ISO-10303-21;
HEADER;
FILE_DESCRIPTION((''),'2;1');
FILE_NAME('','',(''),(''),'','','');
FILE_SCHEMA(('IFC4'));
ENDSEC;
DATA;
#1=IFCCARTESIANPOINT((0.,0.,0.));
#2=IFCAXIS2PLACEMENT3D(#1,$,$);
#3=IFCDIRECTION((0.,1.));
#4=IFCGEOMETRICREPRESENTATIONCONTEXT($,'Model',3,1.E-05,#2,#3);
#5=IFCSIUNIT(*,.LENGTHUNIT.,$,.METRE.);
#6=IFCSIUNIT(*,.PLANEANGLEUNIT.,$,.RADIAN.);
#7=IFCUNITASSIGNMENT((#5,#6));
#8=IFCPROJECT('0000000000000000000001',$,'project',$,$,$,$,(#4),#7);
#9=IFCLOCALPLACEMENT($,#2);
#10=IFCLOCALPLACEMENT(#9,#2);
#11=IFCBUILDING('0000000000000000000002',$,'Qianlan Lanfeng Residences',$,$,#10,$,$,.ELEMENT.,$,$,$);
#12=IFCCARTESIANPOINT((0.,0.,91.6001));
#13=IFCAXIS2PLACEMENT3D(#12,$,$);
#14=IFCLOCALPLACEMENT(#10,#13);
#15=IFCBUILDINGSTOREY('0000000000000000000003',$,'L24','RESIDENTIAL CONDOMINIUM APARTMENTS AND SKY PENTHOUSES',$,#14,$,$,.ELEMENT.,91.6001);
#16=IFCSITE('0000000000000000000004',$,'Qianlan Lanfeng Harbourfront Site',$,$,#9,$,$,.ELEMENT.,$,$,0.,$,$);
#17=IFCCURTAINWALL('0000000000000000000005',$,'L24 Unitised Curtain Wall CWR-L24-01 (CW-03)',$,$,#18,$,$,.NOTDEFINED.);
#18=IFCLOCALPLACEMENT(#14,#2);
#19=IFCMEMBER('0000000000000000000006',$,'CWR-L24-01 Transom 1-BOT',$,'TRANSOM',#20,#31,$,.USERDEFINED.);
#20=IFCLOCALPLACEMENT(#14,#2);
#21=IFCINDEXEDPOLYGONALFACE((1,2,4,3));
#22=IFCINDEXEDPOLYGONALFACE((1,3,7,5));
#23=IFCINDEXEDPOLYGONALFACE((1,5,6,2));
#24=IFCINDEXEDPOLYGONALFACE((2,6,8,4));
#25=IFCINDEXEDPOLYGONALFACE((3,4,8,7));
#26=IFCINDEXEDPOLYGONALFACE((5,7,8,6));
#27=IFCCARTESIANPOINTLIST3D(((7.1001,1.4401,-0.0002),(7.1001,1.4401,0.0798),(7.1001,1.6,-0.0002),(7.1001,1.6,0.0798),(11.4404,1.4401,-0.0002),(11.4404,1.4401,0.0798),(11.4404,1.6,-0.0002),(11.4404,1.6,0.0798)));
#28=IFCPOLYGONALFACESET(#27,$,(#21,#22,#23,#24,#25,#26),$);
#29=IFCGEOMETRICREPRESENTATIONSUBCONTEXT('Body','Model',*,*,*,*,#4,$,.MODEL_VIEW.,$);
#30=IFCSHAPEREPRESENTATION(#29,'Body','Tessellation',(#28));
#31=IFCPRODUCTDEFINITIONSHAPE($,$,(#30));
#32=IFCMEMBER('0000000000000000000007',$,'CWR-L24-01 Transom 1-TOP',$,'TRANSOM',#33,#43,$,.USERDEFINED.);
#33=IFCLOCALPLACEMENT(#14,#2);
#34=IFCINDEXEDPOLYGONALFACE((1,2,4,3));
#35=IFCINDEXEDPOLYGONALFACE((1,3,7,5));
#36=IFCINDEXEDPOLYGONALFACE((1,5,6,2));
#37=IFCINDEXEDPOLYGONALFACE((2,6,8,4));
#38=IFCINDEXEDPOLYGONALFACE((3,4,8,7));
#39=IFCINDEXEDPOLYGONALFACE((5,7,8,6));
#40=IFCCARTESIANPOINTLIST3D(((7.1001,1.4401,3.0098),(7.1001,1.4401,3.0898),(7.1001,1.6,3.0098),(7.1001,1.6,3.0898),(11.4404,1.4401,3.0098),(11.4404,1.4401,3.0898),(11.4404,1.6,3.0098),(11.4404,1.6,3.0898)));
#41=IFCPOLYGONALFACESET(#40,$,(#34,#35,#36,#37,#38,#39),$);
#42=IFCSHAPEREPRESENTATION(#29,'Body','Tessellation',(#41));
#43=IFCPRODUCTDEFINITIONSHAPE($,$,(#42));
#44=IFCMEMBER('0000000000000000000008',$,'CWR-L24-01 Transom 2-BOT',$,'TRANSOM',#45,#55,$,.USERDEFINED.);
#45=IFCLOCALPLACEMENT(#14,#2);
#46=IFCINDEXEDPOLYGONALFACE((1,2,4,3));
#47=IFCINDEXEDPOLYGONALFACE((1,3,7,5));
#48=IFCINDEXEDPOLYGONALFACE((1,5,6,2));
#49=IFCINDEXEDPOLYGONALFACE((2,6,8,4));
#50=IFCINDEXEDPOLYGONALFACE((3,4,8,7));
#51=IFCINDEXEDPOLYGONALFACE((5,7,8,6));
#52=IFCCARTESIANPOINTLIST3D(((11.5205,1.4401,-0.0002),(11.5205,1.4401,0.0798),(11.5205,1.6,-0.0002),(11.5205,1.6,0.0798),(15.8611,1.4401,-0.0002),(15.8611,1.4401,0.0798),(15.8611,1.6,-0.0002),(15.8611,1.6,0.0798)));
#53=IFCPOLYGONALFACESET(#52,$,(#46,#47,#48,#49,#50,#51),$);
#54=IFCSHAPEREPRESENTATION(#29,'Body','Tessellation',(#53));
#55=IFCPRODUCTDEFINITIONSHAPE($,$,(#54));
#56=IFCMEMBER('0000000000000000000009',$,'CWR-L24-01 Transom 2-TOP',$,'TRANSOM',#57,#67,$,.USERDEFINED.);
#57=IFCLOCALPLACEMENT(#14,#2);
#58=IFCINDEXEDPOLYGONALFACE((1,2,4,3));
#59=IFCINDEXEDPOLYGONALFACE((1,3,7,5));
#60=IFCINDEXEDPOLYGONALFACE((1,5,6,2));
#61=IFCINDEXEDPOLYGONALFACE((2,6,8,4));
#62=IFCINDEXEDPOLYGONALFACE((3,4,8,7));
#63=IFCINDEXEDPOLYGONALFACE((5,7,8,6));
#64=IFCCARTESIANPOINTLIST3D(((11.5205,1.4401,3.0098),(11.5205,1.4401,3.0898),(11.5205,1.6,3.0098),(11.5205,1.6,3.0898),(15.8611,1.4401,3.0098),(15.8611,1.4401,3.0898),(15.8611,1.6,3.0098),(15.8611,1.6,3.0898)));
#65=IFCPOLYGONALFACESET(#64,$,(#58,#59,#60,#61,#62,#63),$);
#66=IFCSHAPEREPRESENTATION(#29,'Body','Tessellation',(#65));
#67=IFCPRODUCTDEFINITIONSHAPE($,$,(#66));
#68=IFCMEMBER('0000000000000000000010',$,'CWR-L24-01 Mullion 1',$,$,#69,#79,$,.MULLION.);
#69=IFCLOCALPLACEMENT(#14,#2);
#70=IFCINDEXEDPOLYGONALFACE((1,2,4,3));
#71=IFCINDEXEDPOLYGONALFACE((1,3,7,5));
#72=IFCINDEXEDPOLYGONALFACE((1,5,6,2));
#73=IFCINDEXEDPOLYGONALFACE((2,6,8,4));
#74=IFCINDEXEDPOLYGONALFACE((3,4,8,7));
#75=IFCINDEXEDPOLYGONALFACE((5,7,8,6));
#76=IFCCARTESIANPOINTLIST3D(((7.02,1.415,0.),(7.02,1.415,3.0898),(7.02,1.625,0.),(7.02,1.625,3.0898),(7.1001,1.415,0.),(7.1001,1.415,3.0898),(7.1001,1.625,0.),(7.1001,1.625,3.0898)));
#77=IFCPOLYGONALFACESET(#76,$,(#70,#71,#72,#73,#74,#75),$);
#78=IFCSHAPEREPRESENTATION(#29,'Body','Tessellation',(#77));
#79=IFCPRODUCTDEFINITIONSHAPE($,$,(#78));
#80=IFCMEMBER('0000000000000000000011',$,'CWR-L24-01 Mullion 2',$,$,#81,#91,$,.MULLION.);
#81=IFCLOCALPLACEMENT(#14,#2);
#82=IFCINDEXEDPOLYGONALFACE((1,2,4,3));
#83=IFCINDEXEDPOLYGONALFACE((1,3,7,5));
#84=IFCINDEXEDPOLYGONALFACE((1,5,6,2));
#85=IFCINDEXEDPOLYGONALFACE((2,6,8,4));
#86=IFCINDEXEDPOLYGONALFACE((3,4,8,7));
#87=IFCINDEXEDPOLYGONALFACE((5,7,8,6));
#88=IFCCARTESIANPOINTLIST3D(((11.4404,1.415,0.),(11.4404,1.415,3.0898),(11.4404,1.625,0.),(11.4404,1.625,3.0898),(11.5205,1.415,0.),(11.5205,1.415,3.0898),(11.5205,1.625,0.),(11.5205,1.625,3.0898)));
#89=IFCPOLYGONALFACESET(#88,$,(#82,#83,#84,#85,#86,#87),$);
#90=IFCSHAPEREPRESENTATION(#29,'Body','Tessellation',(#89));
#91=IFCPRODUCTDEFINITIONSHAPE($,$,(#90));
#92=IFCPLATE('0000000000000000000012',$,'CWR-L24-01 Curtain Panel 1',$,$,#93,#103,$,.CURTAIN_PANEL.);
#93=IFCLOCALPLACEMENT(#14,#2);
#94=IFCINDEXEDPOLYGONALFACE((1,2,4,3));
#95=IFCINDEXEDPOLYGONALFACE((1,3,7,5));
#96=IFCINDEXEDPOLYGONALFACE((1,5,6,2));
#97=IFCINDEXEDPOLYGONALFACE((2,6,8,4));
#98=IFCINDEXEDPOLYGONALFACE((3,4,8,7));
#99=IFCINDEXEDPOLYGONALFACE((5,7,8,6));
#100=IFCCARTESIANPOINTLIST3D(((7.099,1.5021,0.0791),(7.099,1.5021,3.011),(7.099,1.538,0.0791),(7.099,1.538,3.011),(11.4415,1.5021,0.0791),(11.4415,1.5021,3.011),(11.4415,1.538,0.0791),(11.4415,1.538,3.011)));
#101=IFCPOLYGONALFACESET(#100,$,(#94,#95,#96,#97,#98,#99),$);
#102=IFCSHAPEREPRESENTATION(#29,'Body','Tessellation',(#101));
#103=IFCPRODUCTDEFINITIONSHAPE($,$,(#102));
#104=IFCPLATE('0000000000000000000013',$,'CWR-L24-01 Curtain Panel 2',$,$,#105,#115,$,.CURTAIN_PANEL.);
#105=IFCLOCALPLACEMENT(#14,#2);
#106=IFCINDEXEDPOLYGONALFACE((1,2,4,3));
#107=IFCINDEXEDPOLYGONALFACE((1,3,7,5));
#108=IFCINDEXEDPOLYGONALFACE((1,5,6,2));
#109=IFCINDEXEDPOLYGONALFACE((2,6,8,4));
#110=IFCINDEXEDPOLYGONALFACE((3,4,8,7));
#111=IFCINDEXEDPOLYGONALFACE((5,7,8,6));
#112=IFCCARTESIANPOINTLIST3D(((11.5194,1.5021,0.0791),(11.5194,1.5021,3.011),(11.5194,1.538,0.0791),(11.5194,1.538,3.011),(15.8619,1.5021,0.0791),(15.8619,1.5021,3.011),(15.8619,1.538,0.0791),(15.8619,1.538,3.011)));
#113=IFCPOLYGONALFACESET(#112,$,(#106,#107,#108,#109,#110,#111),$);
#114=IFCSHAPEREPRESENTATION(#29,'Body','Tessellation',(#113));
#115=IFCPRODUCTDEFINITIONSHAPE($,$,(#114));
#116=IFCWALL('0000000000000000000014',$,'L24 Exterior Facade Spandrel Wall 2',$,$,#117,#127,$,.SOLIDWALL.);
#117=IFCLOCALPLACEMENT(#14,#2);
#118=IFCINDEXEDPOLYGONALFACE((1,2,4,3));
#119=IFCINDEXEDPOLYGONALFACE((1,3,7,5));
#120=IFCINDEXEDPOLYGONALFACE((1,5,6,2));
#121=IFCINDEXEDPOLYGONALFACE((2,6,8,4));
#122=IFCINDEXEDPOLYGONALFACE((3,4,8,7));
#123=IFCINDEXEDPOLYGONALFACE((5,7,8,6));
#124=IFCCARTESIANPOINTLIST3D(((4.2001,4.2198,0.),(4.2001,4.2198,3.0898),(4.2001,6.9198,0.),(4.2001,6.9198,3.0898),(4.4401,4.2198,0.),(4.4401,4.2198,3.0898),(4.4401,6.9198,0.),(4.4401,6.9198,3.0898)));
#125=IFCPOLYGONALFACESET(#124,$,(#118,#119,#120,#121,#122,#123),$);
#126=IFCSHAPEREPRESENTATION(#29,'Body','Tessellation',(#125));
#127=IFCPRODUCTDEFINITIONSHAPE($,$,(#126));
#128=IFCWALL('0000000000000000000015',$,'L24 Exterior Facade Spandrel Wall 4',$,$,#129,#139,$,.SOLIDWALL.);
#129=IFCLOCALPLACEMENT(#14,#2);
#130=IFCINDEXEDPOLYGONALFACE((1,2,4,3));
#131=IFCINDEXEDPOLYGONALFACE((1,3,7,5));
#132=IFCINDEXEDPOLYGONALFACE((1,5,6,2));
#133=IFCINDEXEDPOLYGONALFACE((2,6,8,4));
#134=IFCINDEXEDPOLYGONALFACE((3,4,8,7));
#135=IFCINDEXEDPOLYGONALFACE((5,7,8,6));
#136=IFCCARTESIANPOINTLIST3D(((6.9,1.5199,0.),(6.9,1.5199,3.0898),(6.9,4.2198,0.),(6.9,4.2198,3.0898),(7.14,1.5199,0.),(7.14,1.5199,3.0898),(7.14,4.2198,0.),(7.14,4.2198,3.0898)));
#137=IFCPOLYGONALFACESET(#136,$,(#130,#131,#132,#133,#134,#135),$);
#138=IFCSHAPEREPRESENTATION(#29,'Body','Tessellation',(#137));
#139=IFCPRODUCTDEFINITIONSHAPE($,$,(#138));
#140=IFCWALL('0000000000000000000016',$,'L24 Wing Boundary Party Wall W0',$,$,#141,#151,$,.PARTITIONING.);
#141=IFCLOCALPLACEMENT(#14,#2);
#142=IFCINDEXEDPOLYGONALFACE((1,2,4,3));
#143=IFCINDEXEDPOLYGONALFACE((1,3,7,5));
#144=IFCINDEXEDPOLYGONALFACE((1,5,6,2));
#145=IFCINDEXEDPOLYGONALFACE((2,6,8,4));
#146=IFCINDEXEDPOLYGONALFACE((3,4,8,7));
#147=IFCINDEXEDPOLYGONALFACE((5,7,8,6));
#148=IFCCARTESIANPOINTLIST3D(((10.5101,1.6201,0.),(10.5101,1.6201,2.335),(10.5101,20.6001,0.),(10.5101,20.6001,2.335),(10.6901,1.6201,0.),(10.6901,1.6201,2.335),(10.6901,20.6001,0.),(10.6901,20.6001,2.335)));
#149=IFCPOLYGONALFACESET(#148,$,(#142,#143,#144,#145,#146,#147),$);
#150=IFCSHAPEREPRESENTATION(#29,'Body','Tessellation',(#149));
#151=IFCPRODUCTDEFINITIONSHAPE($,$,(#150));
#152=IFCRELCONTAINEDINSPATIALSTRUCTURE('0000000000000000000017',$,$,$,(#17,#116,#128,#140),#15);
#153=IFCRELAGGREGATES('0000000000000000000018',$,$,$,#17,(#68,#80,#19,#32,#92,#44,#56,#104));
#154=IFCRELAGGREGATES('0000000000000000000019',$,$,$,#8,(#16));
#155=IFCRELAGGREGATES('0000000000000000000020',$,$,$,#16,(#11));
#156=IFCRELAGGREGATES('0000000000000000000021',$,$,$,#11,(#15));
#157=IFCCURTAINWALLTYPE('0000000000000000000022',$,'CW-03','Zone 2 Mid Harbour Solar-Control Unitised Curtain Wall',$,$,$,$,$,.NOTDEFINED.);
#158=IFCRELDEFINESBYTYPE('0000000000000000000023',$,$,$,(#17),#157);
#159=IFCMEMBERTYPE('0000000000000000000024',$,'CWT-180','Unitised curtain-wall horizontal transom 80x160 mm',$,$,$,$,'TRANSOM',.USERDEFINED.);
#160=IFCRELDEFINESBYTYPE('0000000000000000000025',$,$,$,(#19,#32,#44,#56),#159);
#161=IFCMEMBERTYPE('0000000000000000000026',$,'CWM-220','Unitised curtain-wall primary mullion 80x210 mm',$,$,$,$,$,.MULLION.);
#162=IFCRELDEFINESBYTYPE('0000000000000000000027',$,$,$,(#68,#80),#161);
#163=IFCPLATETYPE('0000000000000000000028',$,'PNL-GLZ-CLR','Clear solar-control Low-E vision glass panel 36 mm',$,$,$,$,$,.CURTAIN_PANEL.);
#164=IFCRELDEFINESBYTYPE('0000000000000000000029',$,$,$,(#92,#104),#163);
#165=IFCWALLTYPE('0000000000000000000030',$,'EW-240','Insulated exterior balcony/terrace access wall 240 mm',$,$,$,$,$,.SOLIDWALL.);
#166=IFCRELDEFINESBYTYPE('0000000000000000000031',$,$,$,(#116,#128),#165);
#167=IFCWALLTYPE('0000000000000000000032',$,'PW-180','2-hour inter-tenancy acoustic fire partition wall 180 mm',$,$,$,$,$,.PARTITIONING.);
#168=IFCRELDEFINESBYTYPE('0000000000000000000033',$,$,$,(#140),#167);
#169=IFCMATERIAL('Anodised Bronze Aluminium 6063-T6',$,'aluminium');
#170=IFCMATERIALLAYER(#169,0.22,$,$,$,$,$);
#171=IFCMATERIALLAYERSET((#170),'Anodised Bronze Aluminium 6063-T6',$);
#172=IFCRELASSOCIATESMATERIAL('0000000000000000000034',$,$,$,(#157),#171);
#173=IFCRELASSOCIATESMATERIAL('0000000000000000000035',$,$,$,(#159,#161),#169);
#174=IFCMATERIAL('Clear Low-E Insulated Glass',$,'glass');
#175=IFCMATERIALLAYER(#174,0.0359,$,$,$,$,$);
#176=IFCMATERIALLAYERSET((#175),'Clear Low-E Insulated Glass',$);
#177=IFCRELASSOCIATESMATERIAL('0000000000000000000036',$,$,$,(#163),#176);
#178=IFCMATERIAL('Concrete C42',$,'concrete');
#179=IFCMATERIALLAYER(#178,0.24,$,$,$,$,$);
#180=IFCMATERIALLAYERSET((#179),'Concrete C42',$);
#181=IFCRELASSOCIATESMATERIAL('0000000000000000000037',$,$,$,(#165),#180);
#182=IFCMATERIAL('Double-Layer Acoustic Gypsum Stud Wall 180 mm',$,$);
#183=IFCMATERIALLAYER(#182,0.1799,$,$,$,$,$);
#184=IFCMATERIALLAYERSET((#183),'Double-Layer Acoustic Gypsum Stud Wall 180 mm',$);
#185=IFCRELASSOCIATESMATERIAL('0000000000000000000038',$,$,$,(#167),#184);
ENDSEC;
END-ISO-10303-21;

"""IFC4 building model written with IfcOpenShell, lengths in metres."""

from ifc_helpers import new_model, si_unit, direction, frame, frame_2d, origin, origin_2d, place, context, subcontext, project, spatial, rectangle, extrude, source, transform, mapped, material, layer, layer_set, material_profile, profile_set, type_object, element, aggregate, save


model = new_model("IFC4")

# Units and contexts
model_context = context("Model", 3, precision=1e-05, world=origin(), true_north=direction((0.0, 1.0)))
body_context = subcontext(model_context, "Body", "Model", "MODEL_VIEW")
ifc_project = project(units=[si_unit("LENGTHUNIT", "METRE"), si_unit("PLANEANGLEUNIT", "RADIAN")], contexts=[model_context])

# Site, building, storey
site_placement = place(None, origin())
site = spatial("IfcSite", under=ifc_project, at=site_placement, Name="Qianlan Lanfeng Harbourfront Site", CompositionType="ELEMENT", RefElevation=0.0)
building_placement = place(site_placement, origin())
building = spatial("IfcBuilding", under=site, at=building_placement, Name="Qianlan Lanfeng Residences", CompositionType="ELEMENT")
storey_placement = place(building_placement, frame((0.0, 0.0, 91.6001)))
storey = spatial("IfcBuildingStorey", under=building, at=storey_placement, Name="L24", Description="RESIDENTIAL CONDOMINIUM APARTMENTS AND SKY PENTHOUSES", CompositionType="ELEMENT", Elevation=91.6001)

# Curtain wall, members, plates
ifc_material_1 = material(Name="Anodised Bronze Aluminium 6063-T6", Category="aluminium")
ifc_layer_1 = layer(ifc_material_1, 0.22)
ifc_layer_set_1 = layer_set([ifc_layer_1], Name="Anodised Bronze Aluminium 6063-T6")
curtain_wall_type = type_object("IfcCurtainWallType", Name="CW-03", Description="Zone 2 Mid Harbour Solar-Control Unitised Curtain Wall", PredefinedType="NOTDEFINED", material=ifc_layer_set_1)
curtain_wall_placement = place(storey_placement, origin())
curtain_wall = element("IfcCurtainWall", 1, at=curtain_wall_placement, inside=storey, type_object=curtain_wall_type, Name="L24 Unitised Curtain Wall CWR-L24-01 (CW-03)", PredefinedType="NOTDEFINED")
ifc_material_profile_1 = material_profile(ifc_material_1, rectangle(XDim=0.0801, YDim=0.1599, at=origin_2d()), Name="ALU TRANSOM 80x160")
ifc_profile_set_1 = profile_set([ifc_material_profile_1], Name="Anodised Bronze Aluminium 6063-T6")
member_type_1 = type_object("IfcMemberType", Name="CWT-180", Description="Unitised curtain-wall horizontal transom 80x160 mm", ElementType="TRANSOM", PredefinedType="USERDEFINED", material=ifc_profile_set_1)
shared_shape_1 = source(origin(), body_context, "Body", "SweptSolid", [
    extrude(rectangle(XDim=0.0801, YDim=0.1599, at=origin_2d()), origin(), (0.0, 0.0, 1.0), 4.3403),
])
member_1_placement = place(storey_placement, frame((7.1001, 1.52, 0.0398), z_axis=(1.0, 0.0, 0.0), x_axis=(0.0, 0.0, 1.0)))
member_1 = element("IfcMember", 2, at=member_1_placement, type_object=member_type_1, Name="CWR-L24-01 Transom 1-BOT", ObjectType="TRANSOM", PredefinedType="USERDEFINED", context=body_context, shape_type="MappedRepresentation", body=[
    mapped(shared_shape_1, transform((0.0, 0.0, 0.0), scale=1.0)),
])
member_2_placement = place(storey_placement, frame((7.1001, 1.52, 3.0498), z_axis=(1.0, 0.0, 0.0), x_axis=(0.0, 0.0, 1.0)))
member_2 = element("IfcMember", 3, at=member_2_placement, type_object=member_type_1, Name="CWR-L24-01 Transom 1-TOP", ObjectType="TRANSOM", PredefinedType="USERDEFINED", context=body_context, shape_type="MappedRepresentation", body=[
    mapped(shared_shape_1, transform((0.0, 0.0, 0.0), scale=1.0)),
])
shared_shape_2 = source(origin(), body_context, "Body", "SweptSolid", [
    extrude(rectangle(XDim=0.0801, YDim=0.1599, at=origin_2d()), origin(), (0.0, 0.0, 1.0), 4.3406),
])
member_3_placement = place(storey_placement, frame((11.5205, 1.52, 0.0398), z_axis=(1.0, 0.0, 0.0), x_axis=(0.0, 0.0, 1.0)))
member_3 = element("IfcMember", 4, at=member_3_placement, type_object=member_type_1, Name="CWR-L24-01 Transom 2-BOT", ObjectType="TRANSOM", PredefinedType="USERDEFINED", context=body_context, shape_type="MappedRepresentation", body=[
    mapped(shared_shape_2, transform((0.0, 0.0, 0.0), scale=1.0)),
])
member_4_placement = place(storey_placement, frame((11.5205, 1.52, 3.0498), z_axis=(1.0, 0.0, 0.0), x_axis=(0.0, 0.0, 1.0)))
member_4 = element("IfcMember", 5, at=member_4_placement, type_object=member_type_1, Name="CWR-L24-01 Transom 2-TOP", ObjectType="TRANSOM", PredefinedType="USERDEFINED", context=body_context, shape_type="MappedRepresentation", body=[
    mapped(shared_shape_2, transform((0.0, 0.0, 0.0), scale=1.0)),
])
ifc_material_profile_2 = material_profile(ifc_material_1, rectangle(XDim=0.0801, YDim=0.21, at=origin_2d()), Name="ALU MULLION 80x210")
ifc_profile_set_2 = profile_set([ifc_material_profile_2], Name="Anodised Bronze Aluminium 6063-T6")
member_type_2 = type_object("IfcMemberType", Name="CWM-220", Description="Unitised curtain-wall primary mullion 80x210 mm", PredefinedType="MULLION", material=ifc_profile_set_2)
shared_shape_3 = source(origin(), body_context, "Body", "SweptSolid", [
    extrude(rectangle(XDim=0.0801, YDim=0.21, at=origin_2d()), origin(), (0.0, 0.0, 1.0), 3.0898),
])
member_5_placement = place(storey_placement, frame((7.0601, 1.52, 0.0), z_axis=(0.0, 0.0, 1.0), x_axis=(1.0, 0.0, 0.0)))
member_5 = element("IfcMember", 6, at=member_5_placement, type_object=member_type_2, Name="CWR-L24-01 Mullion 1", PredefinedType="MULLION", context=body_context, shape_type="MappedRepresentation", body=[
    mapped(shared_shape_3, transform((0.0, 0.0, 0.0), scale=1.0)),
])
member_6_placement = place(storey_placement, frame((11.4805, 1.52, 0.0), z_axis=(0.0, 0.0, 1.0), x_axis=(1.0, 0.0, 0.0)))
member_6 = element("IfcMember", 7, at=member_6_placement, type_object=member_type_2, Name="CWR-L24-01 Mullion 2", PredefinedType="MULLION", context=body_context, shape_type="MappedRepresentation", body=[
    mapped(shared_shape_3, transform((0.0, 0.0, 0.0), scale=1.0)),
])
ifc_material_2 = material(Name="Clear Low-E Insulated Glass", Category="glass")
ifc_layer_2 = layer(ifc_material_2, 0.0359)
ifc_layer_set_2 = layer_set([ifc_layer_2], Name="Clear Low-E Insulated Glass")
plate_type = type_object("IfcPlateType", Name="PNL-GLZ-CLR", Description="Clear solar-control Low-E vision glass panel 36 mm", PredefinedType="CURTAIN_PANEL", material=ifc_layer_set_2)
shared_shape_4 = source(origin(), body_context, "Body", "SweptSolid", [
    extrude(rectangle(XDim=4.3425, YDim=0.0359, at=origin_2d()), origin(), (0.0, 0.0, 1.0), 2.9319),
])
plate_1_placement = place(storey_placement, frame((9.2703, 1.52, 0.0791), z_axis=(0.0, 0.0, 1.0), x_axis=(1.0, 0.0, 0.0)))
plate_1 = element("IfcPlate", 8, at=plate_1_placement, type_object=plate_type, Name="CWR-L24-01 Curtain Panel 1", PredefinedType="CURTAIN_PANEL", context=body_context, shape_type="MappedRepresentation", body=[
    mapped(shared_shape_4, transform((0.0, 0.0, 0.0), scale=1.0)),
])
plate_2_placement = place(storey_placement, frame((13.6907, 1.52, 0.0791), z_axis=(0.0, 0.0, 1.0), x_axis=(1.0, 0.0, 0.0)))
plate_2 = element("IfcPlate", 9, at=plate_2_placement, type_object=plate_type, Name="CWR-L24-01 Curtain Panel 2", PredefinedType="CURTAIN_PANEL", context=body_context, shape_type="MappedRepresentation", body=[
    mapped(shared_shape_4, transform((0.0, 0.0, 0.0), scale=1.0)),
])
aggregate(curtain_wall, [member_5, member_6, member_1, member_2, plate_1, member_3, member_4, plate_2])

# Walls
ifc_material_3 = material(Name="Concrete C42", Category="concrete")
ifc_layer_3 = layer(ifc_material_3, 0.24)
ifc_layer_set_3 = layer_set([ifc_layer_3], Name="Concrete C42")
wall_type_1 = type_object("IfcWallType", Name="EW-240", Description="Insulated exterior balcony/terrace access wall 240 mm", PredefinedType="SOLIDWALL", material=ifc_layer_set_3)
for number, where, z_axis, x_axis, name in (
    (10, (4.3201, 6.9199, 0.0), (0.0, 0.0, 1.0), (0.0, -1.0, 0.0), "L24 Exterior Facade Spandrel Wall 2"),
    (11, (7.02, 4.22, 0.0), (0.0, 0.0, 1.0), (0.0, -1.0, 0.0), "L24 Exterior Facade Spandrel Wall 4"),
):
    element("IfcWall", number, at=place(storey_placement, frame(where, z_axis=z_axis, x_axis=x_axis)), inside=storey, type_object=wall_type_1, Name=name, PredefinedType="SOLIDWALL", context=body_context, shape_type="SweptSolid", body=[
        extrude(rectangle(XDim=2.7, YDim=0.24, at=frame_2d((1.3501, 0.0))), origin(), (0.0, 0.0, 1.0), 3.0898),
    ])
ifc_material_4 = material(Name="Double-Layer Acoustic Gypsum Stud Wall 180 mm")
ifc_layer_4 = layer(ifc_material_4, 0.1799)
ifc_layer_set_4 = layer_set([ifc_layer_4], Name="Double-Layer Acoustic Gypsum Stud Wall 180 mm")
wall_type_2 = type_object("IfcWallType", Name="PW-180", Description="2-hour inter-tenancy acoustic fire partition wall 180 mm", PredefinedType="PARTITIONING", material=ifc_layer_set_4)
wall_placement = place(storey_placement, frame((10.6001, 1.6201, 0.0), z_axis=(0.0, 0.0, 1.0), x_axis=(0.0, 1.0, 0.0)))
element("IfcWall", 12, at=wall_placement, inside=storey, type_object=wall_type_2, Name="L24 Wing Boundary Party Wall W0", PredefinedType="PARTITIONING", context=body_context, shape_type="SweptSolid", body=[
    extrude(rectangle(XDim=18.98, YDim=0.1799, at=frame_2d((9.49, 0.0))), origin(), (0.0, 0.0, 1.0), 2.335),
])

save(model, "model.ifc")
